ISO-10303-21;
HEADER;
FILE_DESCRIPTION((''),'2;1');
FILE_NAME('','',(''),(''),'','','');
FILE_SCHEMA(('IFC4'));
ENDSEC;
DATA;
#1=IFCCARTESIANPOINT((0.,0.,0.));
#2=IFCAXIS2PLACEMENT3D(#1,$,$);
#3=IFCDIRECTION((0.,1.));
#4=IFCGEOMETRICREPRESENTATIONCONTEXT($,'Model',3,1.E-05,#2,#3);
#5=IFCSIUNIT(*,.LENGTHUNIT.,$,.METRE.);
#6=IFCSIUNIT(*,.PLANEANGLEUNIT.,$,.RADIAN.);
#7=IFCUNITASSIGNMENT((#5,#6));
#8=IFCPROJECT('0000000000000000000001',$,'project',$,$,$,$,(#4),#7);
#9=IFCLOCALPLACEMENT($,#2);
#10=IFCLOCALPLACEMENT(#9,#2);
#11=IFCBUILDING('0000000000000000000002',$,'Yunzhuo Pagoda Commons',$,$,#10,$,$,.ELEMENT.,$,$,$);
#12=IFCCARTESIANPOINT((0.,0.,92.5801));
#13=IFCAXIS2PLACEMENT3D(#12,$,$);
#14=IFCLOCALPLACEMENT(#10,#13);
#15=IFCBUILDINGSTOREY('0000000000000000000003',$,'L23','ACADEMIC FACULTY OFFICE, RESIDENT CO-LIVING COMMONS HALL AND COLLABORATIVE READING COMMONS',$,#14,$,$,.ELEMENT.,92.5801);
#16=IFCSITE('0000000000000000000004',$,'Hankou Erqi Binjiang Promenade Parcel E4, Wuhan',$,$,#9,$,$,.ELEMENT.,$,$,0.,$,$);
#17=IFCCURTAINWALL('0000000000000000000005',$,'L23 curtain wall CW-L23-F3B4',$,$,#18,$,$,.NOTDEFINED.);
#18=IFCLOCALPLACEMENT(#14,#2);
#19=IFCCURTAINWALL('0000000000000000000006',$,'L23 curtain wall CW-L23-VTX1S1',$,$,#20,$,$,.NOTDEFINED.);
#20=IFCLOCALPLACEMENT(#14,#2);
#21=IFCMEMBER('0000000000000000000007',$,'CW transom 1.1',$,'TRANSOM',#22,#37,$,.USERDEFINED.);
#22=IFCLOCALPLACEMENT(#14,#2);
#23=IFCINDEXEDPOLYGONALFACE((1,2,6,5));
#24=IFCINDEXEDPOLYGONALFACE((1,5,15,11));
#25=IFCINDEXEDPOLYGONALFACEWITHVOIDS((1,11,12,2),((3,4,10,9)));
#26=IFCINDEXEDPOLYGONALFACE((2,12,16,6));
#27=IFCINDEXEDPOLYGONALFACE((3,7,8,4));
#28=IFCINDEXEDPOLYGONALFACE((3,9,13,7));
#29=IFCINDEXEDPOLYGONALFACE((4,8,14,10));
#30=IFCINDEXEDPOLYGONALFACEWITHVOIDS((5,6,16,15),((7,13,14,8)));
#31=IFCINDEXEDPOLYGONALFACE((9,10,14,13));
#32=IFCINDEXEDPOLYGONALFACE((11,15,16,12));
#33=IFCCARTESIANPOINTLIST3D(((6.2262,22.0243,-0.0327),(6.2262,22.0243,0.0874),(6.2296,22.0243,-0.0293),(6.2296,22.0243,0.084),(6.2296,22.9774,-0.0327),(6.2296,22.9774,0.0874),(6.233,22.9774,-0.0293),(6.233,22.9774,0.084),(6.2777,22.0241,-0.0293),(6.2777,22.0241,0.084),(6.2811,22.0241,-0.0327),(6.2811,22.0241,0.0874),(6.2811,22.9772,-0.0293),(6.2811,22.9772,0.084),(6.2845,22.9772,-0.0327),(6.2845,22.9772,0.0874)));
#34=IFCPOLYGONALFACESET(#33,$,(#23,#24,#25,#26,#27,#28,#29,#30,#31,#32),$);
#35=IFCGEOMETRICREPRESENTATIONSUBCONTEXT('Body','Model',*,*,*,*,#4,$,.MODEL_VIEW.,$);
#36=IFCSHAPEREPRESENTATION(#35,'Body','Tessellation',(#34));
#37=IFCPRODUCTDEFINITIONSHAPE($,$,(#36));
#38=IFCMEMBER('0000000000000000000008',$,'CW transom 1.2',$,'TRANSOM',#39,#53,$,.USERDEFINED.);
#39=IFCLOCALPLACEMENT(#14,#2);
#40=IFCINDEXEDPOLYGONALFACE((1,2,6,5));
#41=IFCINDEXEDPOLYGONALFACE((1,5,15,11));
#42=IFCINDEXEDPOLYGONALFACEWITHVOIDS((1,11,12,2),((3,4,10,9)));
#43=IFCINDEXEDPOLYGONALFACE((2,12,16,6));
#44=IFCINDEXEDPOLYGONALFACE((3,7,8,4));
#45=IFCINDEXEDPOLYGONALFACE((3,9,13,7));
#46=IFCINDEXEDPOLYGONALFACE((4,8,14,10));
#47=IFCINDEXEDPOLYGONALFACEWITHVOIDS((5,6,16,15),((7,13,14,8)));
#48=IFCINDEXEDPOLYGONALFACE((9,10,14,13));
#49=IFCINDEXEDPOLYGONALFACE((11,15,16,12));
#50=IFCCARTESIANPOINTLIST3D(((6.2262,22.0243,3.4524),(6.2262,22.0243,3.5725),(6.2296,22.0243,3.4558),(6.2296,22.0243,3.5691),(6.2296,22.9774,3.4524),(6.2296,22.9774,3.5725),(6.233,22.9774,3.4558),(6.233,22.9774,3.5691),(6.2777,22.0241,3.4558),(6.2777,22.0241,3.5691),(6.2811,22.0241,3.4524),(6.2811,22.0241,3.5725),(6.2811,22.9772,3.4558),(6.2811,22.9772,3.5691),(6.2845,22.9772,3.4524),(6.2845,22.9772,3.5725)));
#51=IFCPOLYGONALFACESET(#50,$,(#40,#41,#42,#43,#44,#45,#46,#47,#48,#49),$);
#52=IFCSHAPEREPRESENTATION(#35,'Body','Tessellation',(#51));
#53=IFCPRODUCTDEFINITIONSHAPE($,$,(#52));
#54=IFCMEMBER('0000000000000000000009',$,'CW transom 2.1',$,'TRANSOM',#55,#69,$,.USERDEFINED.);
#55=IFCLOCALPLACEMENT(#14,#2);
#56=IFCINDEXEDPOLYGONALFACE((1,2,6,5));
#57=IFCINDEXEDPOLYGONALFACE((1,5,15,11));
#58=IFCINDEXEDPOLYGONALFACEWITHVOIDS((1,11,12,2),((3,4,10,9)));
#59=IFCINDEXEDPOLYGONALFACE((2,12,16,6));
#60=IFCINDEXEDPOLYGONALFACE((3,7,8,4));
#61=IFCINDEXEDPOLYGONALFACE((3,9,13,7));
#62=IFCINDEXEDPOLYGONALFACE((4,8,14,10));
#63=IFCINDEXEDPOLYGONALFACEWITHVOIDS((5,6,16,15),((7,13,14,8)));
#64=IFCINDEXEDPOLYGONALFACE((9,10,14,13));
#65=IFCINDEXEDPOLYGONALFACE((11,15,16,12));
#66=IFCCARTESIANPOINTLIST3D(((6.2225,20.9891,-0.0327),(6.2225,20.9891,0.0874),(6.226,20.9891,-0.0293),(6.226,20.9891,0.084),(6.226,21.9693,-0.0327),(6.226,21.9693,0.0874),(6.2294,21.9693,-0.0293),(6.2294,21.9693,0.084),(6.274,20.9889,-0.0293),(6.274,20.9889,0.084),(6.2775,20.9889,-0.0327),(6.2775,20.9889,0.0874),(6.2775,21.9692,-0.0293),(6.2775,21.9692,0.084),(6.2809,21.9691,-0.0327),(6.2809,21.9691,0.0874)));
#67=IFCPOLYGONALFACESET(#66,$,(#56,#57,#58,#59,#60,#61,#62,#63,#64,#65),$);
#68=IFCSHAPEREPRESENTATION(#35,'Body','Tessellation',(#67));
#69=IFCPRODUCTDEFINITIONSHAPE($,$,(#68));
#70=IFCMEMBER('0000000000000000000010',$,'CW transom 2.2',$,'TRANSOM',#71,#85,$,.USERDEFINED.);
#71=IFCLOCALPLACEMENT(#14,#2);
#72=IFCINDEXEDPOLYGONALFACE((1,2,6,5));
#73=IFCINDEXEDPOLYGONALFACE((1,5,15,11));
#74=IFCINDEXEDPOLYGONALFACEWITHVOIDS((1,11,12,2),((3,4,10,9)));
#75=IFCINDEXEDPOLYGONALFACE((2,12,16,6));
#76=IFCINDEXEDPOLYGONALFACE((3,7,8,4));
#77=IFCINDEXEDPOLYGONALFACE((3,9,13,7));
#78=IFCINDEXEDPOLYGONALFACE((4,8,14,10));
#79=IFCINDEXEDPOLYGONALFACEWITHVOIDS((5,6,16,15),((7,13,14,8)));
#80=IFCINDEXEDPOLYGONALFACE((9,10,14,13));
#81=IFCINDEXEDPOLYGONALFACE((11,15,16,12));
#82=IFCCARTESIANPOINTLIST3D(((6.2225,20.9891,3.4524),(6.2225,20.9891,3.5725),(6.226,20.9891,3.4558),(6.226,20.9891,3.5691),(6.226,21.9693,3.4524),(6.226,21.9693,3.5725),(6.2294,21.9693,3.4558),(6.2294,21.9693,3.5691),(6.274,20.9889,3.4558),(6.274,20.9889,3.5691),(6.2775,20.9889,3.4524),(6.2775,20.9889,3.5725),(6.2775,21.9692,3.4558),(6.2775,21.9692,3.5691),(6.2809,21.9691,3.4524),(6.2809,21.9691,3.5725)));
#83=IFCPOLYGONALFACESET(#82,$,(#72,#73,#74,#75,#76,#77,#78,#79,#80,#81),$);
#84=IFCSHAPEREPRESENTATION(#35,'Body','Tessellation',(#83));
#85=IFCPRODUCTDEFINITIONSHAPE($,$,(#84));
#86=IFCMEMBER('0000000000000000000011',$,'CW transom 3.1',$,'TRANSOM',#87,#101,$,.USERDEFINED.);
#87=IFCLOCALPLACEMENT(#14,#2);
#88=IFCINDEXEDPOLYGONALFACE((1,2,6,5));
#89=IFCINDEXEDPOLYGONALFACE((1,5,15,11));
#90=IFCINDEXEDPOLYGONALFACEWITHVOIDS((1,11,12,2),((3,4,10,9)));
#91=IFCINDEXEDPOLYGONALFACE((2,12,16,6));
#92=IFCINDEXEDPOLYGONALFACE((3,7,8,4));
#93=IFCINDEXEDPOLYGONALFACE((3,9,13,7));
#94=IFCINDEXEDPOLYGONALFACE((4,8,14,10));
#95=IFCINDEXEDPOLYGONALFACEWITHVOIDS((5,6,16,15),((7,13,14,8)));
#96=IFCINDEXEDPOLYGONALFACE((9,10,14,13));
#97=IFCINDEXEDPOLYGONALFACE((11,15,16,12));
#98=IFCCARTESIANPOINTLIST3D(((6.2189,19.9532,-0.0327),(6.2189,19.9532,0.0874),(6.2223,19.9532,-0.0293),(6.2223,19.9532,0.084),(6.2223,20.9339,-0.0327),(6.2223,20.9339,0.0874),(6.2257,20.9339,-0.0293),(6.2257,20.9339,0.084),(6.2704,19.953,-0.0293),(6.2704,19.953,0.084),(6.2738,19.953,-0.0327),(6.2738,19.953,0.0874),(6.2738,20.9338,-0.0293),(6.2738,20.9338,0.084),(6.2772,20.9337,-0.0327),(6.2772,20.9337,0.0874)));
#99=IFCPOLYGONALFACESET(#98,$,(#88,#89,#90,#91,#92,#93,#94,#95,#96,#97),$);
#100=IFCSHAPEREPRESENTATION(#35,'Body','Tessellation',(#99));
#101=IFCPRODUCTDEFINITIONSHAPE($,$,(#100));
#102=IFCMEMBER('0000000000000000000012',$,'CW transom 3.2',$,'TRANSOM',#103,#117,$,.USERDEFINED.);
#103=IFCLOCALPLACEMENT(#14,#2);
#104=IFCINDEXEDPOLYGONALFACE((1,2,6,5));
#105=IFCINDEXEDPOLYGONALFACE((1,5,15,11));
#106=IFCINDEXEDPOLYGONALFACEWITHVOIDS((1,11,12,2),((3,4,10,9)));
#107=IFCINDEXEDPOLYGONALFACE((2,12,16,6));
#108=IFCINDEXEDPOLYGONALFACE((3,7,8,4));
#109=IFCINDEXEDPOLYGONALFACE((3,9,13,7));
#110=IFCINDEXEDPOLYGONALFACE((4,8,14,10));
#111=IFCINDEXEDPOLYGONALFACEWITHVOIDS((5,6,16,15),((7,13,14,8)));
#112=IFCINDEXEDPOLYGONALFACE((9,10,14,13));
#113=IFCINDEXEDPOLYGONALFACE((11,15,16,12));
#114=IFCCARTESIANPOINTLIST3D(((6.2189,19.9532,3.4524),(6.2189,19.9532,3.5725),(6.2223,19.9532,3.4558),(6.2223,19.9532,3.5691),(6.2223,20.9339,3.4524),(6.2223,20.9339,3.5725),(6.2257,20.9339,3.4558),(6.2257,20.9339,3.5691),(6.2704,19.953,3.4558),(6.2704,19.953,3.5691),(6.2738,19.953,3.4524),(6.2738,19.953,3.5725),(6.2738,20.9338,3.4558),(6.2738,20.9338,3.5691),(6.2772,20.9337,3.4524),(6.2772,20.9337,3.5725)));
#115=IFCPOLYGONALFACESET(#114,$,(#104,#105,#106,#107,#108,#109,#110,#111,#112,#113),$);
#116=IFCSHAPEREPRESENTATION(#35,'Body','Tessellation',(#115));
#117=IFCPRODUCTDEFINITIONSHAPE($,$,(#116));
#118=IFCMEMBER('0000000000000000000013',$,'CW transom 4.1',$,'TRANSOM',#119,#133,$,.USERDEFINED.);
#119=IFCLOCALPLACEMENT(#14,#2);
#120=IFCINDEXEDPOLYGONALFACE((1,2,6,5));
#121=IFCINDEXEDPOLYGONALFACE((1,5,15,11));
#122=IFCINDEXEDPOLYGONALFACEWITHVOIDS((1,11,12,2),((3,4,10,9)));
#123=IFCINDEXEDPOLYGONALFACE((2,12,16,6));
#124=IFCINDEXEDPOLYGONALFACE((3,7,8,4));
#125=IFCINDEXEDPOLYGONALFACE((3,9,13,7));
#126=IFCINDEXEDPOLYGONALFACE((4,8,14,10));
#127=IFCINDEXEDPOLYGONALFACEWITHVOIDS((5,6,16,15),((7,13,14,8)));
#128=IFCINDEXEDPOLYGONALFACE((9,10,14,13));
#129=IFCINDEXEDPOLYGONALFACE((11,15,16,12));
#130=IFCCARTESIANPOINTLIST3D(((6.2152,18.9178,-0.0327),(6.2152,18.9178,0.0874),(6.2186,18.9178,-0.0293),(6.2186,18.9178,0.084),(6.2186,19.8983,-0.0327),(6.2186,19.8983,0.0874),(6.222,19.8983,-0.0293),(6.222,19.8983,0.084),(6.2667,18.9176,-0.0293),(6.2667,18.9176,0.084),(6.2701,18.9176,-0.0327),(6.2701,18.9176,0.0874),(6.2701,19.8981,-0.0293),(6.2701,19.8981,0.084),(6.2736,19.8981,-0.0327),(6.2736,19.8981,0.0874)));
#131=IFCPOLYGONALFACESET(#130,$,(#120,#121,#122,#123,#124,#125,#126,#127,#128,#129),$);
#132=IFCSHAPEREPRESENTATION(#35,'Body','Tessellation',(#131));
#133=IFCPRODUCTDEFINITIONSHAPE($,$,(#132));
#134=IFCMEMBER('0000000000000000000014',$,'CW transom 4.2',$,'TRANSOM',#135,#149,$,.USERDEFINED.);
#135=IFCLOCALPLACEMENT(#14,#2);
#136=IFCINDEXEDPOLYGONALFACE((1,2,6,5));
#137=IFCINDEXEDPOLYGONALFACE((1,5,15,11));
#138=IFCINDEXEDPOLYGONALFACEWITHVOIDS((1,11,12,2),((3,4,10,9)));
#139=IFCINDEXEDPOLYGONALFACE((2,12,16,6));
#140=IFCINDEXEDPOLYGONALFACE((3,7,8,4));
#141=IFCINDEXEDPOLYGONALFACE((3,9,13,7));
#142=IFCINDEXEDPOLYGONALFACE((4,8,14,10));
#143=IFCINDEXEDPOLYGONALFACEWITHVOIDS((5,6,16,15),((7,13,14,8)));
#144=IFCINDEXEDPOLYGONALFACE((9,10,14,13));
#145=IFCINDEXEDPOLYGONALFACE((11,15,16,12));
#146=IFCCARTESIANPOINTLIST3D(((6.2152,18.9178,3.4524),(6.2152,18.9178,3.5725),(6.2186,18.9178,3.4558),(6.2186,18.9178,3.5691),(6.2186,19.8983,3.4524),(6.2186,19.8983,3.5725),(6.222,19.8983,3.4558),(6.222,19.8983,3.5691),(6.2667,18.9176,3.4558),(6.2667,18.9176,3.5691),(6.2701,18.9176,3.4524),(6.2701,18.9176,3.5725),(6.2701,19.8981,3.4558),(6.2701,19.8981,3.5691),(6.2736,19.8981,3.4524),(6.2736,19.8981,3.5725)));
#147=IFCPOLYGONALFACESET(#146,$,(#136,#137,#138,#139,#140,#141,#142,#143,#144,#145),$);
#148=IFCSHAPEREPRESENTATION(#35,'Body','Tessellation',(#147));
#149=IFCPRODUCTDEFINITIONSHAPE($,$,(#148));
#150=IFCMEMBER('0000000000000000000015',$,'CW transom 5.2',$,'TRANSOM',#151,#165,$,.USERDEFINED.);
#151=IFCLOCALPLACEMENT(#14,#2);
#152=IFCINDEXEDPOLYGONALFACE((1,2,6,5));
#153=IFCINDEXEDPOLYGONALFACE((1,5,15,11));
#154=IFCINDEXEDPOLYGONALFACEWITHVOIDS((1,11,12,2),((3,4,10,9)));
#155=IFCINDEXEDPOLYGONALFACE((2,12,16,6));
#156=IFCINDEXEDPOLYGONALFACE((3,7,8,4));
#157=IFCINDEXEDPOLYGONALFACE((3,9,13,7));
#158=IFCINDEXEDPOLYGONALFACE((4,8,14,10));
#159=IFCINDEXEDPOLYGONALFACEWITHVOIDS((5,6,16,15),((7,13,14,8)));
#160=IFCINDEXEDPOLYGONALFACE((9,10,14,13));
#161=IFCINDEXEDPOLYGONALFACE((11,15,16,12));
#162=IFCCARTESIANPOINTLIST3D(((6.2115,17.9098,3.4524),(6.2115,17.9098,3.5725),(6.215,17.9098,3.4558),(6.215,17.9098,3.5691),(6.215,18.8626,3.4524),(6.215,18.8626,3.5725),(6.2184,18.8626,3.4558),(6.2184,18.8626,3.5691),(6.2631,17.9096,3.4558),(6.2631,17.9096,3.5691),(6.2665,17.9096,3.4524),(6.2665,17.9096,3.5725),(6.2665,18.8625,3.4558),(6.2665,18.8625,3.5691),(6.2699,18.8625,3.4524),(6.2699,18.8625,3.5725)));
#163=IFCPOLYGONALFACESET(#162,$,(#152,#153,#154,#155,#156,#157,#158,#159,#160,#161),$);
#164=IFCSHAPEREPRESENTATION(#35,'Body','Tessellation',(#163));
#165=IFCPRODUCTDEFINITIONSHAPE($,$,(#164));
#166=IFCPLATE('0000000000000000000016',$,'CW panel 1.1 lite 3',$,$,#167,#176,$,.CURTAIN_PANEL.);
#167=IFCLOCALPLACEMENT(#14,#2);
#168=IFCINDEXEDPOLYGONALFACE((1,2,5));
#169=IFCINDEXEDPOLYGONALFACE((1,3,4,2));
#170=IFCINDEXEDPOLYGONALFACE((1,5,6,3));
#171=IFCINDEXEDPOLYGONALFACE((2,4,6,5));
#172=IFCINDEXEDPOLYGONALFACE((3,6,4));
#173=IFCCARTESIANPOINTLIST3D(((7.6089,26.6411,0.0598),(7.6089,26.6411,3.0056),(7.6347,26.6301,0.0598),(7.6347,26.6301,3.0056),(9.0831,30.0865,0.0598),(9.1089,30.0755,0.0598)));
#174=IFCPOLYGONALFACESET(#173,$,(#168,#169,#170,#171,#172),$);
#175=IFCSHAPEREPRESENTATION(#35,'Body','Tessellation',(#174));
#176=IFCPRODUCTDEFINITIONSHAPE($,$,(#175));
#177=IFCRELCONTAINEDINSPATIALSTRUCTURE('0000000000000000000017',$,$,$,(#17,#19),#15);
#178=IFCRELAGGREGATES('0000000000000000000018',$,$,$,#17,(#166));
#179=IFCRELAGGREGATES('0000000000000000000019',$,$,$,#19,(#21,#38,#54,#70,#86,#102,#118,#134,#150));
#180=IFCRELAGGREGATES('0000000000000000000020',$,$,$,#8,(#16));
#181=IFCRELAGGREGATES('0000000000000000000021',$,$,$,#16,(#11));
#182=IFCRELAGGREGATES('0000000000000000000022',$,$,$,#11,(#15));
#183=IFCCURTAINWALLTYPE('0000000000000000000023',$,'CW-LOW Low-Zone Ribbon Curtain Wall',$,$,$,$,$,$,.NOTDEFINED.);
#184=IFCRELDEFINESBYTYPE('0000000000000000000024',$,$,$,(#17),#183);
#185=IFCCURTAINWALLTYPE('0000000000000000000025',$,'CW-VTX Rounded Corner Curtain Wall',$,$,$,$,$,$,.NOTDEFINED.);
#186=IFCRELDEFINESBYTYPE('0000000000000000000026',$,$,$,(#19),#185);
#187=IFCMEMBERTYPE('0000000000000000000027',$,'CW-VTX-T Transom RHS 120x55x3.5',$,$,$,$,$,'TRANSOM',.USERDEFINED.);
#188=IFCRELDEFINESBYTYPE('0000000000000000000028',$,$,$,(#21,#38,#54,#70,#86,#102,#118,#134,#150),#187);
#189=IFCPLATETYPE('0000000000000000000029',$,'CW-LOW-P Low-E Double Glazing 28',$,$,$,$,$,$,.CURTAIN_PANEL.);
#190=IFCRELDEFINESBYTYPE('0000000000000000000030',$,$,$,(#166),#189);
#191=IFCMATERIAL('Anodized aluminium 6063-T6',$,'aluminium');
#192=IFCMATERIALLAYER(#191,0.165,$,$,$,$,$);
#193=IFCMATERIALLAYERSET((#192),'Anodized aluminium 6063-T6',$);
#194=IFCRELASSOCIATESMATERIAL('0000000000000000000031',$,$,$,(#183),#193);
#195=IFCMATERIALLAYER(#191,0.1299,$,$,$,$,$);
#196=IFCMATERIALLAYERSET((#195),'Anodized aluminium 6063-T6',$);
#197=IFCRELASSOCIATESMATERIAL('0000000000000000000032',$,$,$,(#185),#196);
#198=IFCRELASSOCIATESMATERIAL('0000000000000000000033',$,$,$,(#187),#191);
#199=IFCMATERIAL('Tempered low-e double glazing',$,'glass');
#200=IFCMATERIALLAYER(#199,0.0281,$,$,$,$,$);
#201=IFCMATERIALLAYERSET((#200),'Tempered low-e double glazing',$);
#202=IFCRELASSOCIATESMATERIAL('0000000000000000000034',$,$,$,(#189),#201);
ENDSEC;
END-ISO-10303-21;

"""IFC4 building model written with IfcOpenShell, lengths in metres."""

from ifc_helpers import new_model, si_unit, direction, frame, origin, origin_2d, place, context, subcontext, project, spatial, polyline, hollow_rectangle, outline, extrude, source, transform, mapped, material, layer, layer_set, material_profile, profile_set, type_object, element, aggregate, save


model = new_model("IFC4")

# Units and contexts
model_context = context("Model", 3, precision=1e-05, world=origin(), true_north=direction((0.0, 1.0)))
body_context = subcontext(model_context, "Body", "Model", "MODEL_VIEW")
ifc_project = project(units=[si_unit("LENGTHUNIT", "METRE"), si_unit("PLANEANGLEUNIT", "RADIAN")], contexts=[model_context])

# Site, building, storey
site_placement = place(None, origin())
site = spatial("IfcSite", under=ifc_project, at=site_placement, Name="Hankou Erqi Binjiang Promenade Parcel E4, Wuhan", CompositionType="ELEMENT", RefElevation=0.0)
building_placement = place(site_placement, origin())
building = spatial("IfcBuilding", under=site, at=building_placement, Name="Yunzhuo Pagoda Commons", CompositionType="ELEMENT")
storey_placement = place(building_placement, frame((0.0, 0.0, 92.5801)))
storey = spatial("IfcBuildingStorey", under=building, at=storey_placement, Name="L23", Description="ACADEMIC FACULTY OFFICE, RESIDENT CO-LIVING COMMONS HALL AND COLLABORATIVE READING COMMONS", CompositionType="ELEMENT", Elevation=92.5801)

# Curtain wall
ifc_material_1 = material(Name="Anodized aluminium 6063-T6", Category="aluminium")
ifc_layer_1 = layer(ifc_material_1, 0.165)
ifc_layer_set_1 = layer_set([ifc_layer_1], Name="Anodized aluminium 6063-T6")
curtain_wall_type_1 = type_object("IfcCurtainWallType", Name="CW-LOW Low-Zone Ribbon Curtain Wall", PredefinedType="NOTDEFINED", material=ifc_layer_set_1)
curtain_wall_1_placement = place(storey_placement, origin())
curtain_wall_1 = element("IfcCurtainWall", 1, at=curtain_wall_1_placement, inside=storey, type_object=curtain_wall_type_1, Name="L23 curtain wall CW-L23-F3B4", PredefinedType="NOTDEFINED")

# Curtain wall, members
ifc_layer_2 = layer(ifc_material_1, 0.1299)
ifc_layer_set_2 = layer_set([ifc_layer_2], Name="Anodized aluminium 6063-T6")
curtain_wall_type_2 = type_object("IfcCurtainWallType", Name="CW-VTX Rounded Corner Curtain Wall", PredefinedType="NOTDEFINED", material=ifc_layer_set_2)
curtain_wall_2_placement = place(storey_placement, origin())
curtain_wall_2 = element("IfcCurtainWall", 2, at=curtain_wall_2_placement, inside=storey, type_object=curtain_wall_type_2, Name="L23 curtain wall CW-L23-VTX1S1", PredefinedType="NOTDEFINED")
ifc_material_profile_1 = material_profile(ifc_material_1, hollow_rectangle(XDim=0.0549, YDim=0.1201, WallThickness=0.0034, at=origin_2d()), Name="Anodized aluminium 6063-T6")
ifc_profile_set_1 = profile_set([ifc_material_profile_1], Name="Anodized aluminium 6063-T6")
member_type_1 = type_object("IfcMemberType", Name="CW-VTX-T Transom RHS 120x55x3.5", ElementType="TRANSOM", PredefinedType="USERDEFINED", material=ifc_profile_set_1)
shared_shape_1 = source(origin(), body_context, "Body", "SweptSolid", [
    extrude(hollow_rectangle(XDim=0.0549, YDim=0.1201, WallThickness=0.0034, at=origin_2d()), origin(), (0.0, 0.0, 1.0), 0.9531),
])
member_1_placement = place(storey_placement, frame((6.2571, 22.9773, 0.0273), z_axis=(-0.003586, -0.999994, 0.0), x_axis=(0.999994, -0.003586, 0.0)))
member_1 = element("IfcMember", 3, at=member_1_placement, type_object=member_type_1, Name="CW transom 1.1", ObjectType="TRANSOM", PredefinedType="USERDEFINED", context=body_context, shape_type="MappedRepresentation", body=[
    mapped(shared_shape_1, transform((0.0, 0.0, 0.0), scale=1.0)),
])
member_2_placement = place(storey_placement, frame((6.2571, 22.9773, 3.5125), z_axis=(-0.003586, -0.999994, 0.0), x_axis=(0.999994, -0.003586, 0.0)))
member_2 = element("IfcMember", 4, at=member_2_placement, type_object=member_type_1, Name="CW transom 1.2", ObjectType="TRANSOM", PredefinedType="USERDEFINED", context=body_context, shape_type="MappedRepresentation", body=[
    mapped(shared_shape_1, transform((0.0, 0.0, 0.0), scale=1.0)),
])
shared_shape_2 = source(origin(), body_context, "Body", "SweptSolid", [
    extrude(hollow_rectangle(XDim=0.0549, YDim=0.1201, WallThickness=0.0034, at=origin_2d()), origin(), (0.0, 0.0, 1.0), 0.9802),
])
member_3_placement = place(storey_placement, frame((6.2534, 21.9692, 0.0273), z_axis=(-0.003487, -0.999994, 0.0), x_axis=(0.999994, -0.003487, 0.0)))
member_3 = element("IfcMember", 5, at=member_3_placement, type_object=member_type_1, Name="CW transom 2.1", ObjectType="TRANSOM", PredefinedType="USERDEFINED", context=body_context, shape_type="MappedRepresentation", body=[
    mapped(shared_shape_2, transform((0.0, 0.0, 0.0), scale=1.0)),
])
member_4_placement = place(storey_placement, frame((6.2534, 21.9692, 3.5125), z_axis=(-0.003487, -0.999994, 0.0), x_axis=(0.999994, -0.003487, 0.0)))
member_4 = element("IfcMember", 6, at=member_4_placement, type_object=member_type_1, Name="CW transom 2.2", ObjectType="TRANSOM", PredefinedType="USERDEFINED", context=body_context, shape_type="MappedRepresentation", body=[
    mapped(shared_shape_2, transform((0.0, 0.0, 0.0), scale=1.0)),
])
shared_shape_3 = source(origin(), body_context, "Body", "SweptSolid", [
    extrude(hollow_rectangle(XDim=0.0549, YDim=0.1201, WallThickness=0.0034, at=origin_2d()), origin(), (0.0, 0.0, 1.0), 0.9807),
])
member_5_placement = place(storey_placement, frame((6.2498, 20.9338, 0.0273), z_axis=(-0.003485, -0.999994, 0.0), x_axis=(0.999994, -0.003485, 0.0)))
member_5 = element("IfcMember", 7, at=member_5_placement, type_object=member_type_1, Name="CW transom 3.1", ObjectType="TRANSOM", PredefinedType="USERDEFINED", context=body_context, shape_type="MappedRepresentation", body=[
    mapped(shared_shape_3, transform((0.0, 0.0, 0.0), scale=1.0)),
])
member_6_placement = place(storey_placement, frame((6.2498, 20.9338, 3.5125), z_axis=(-0.003485, -0.999994, 0.0), x_axis=(0.999994, -0.003485, 0.0)))
member_6 = element("IfcMember", 8, at=member_6_placement, type_object=member_type_1, Name="CW transom 3.2", ObjectType="TRANSOM", PredefinedType="USERDEFINED", context=body_context, shape_type="MappedRepresentation", body=[
    mapped(shared_shape_3, transform((0.0, 0.0, 0.0), scale=1.0)),
])
shared_shape_4 = source(origin(), body_context, "Body", "SweptSolid", [
    extrude(hollow_rectangle(XDim=0.0549, YDim=0.1201, WallThickness=0.0034, at=origin_2d()), origin(), (0.0, 0.0, 1.0), 0.9805),
])
member_7_placement = place(storey_placement, frame((6.2461, 19.8982, 0.0273), z_axis=(-0.003486, -0.999994, 0.0), x_axis=(0.999994, -0.003486, 0.0)))
member_7 = element("IfcMember", 9, at=member_7_placement, type_object=member_type_1, Name="CW transom 4.1", ObjectType="TRANSOM", PredefinedType="USERDEFINED", context=body_context, shape_type="MappedRepresentation", body=[
    mapped(shared_shape_4, transform((0.0, 0.0, 0.0), scale=1.0)),
])
member_8_placement = place(storey_placement, frame((6.2461, 19.8982, 3.5125), z_axis=(-0.003486, -0.999994, 0.0), x_axis=(0.999994, -0.003486, 0.0)))
member_8 = element("IfcMember", 10, at=member_8_placement, type_object=member_type_1, Name="CW transom 4.2", ObjectType="TRANSOM", PredefinedType="USERDEFINED", context=body_context, shape_type="MappedRepresentation", body=[
    mapped(shared_shape_4, transform((0.0, 0.0, 0.0), scale=1.0)),
])
shared_shape_5 = source(origin(), body_context, "Body", "SweptSolid", [
    extrude(hollow_rectangle(XDim=0.0549, YDim=0.1201, WallThickness=0.0034, at=origin_2d()), origin(), (0.0, 0.0, 1.0), 0.9529),
])
member_9_placement = place(storey_placement, frame((6.2424, 18.8625, 3.5125), z_axis=(-0.003587, -0.999994, 0.0), x_axis=(0.999994, -0.003587, 0.0)))
member_9 = element("IfcMember", 11, at=member_9_placement, type_object=member_type_1, Name="CW transom 5.2", ObjectType="TRANSOM", PredefinedType="USERDEFINED", context=body_context, shape_type="MappedRepresentation", body=[
    mapped(shared_shape_5, transform((0.0, 0.0, 0.0), scale=1.0)),
])

# Plate
ifc_material_2 = material(Name="Tempered low-e double glazing", Category="glass")
ifc_layer_3 = layer(ifc_material_2, 0.0281)
ifc_layer_set_3 = layer_set([ifc_layer_3], Name="Tempered low-e double glazing")
plate_type_1 = type_object("IfcPlateType", Name="CW-LOW-P Low-E Double Glazing 28", PredefinedType="CURTAIN_PANEL", material=ifc_layer_set_3)
plate_1_placement = place(storey_placement, frame((8.3718, 28.3528, 1.5327), z_axis=(-0.919383, 0.393364, 0.0), x_axis=(-0.393364, -0.919383, 0.0)))
plate_1 = element("IfcPlate", 12, at=plate_1_placement, type_object=plate_type_1, Name="CW panel 1.1 lite 3", PredefinedType="CURTAIN_PANEL", context=body_context, shape_type="SweptSolid", body=[
    extrude(outline(polyline([(-1.8738, -1.4729), (1.8738, -1.4729), (1.8738, 1.4729), (-1.8738, -1.4729)])), origin(), (0.0, 0.0, 1.0), 0.0281),
])
aggregate(curtain_wall_1, [plate_1])
aggregate(curtain_wall_2, [member_1, member_2, member_3, member_4, member_5, member_6, member_7, member_8, member_9])

save(model, "model.ifc")
